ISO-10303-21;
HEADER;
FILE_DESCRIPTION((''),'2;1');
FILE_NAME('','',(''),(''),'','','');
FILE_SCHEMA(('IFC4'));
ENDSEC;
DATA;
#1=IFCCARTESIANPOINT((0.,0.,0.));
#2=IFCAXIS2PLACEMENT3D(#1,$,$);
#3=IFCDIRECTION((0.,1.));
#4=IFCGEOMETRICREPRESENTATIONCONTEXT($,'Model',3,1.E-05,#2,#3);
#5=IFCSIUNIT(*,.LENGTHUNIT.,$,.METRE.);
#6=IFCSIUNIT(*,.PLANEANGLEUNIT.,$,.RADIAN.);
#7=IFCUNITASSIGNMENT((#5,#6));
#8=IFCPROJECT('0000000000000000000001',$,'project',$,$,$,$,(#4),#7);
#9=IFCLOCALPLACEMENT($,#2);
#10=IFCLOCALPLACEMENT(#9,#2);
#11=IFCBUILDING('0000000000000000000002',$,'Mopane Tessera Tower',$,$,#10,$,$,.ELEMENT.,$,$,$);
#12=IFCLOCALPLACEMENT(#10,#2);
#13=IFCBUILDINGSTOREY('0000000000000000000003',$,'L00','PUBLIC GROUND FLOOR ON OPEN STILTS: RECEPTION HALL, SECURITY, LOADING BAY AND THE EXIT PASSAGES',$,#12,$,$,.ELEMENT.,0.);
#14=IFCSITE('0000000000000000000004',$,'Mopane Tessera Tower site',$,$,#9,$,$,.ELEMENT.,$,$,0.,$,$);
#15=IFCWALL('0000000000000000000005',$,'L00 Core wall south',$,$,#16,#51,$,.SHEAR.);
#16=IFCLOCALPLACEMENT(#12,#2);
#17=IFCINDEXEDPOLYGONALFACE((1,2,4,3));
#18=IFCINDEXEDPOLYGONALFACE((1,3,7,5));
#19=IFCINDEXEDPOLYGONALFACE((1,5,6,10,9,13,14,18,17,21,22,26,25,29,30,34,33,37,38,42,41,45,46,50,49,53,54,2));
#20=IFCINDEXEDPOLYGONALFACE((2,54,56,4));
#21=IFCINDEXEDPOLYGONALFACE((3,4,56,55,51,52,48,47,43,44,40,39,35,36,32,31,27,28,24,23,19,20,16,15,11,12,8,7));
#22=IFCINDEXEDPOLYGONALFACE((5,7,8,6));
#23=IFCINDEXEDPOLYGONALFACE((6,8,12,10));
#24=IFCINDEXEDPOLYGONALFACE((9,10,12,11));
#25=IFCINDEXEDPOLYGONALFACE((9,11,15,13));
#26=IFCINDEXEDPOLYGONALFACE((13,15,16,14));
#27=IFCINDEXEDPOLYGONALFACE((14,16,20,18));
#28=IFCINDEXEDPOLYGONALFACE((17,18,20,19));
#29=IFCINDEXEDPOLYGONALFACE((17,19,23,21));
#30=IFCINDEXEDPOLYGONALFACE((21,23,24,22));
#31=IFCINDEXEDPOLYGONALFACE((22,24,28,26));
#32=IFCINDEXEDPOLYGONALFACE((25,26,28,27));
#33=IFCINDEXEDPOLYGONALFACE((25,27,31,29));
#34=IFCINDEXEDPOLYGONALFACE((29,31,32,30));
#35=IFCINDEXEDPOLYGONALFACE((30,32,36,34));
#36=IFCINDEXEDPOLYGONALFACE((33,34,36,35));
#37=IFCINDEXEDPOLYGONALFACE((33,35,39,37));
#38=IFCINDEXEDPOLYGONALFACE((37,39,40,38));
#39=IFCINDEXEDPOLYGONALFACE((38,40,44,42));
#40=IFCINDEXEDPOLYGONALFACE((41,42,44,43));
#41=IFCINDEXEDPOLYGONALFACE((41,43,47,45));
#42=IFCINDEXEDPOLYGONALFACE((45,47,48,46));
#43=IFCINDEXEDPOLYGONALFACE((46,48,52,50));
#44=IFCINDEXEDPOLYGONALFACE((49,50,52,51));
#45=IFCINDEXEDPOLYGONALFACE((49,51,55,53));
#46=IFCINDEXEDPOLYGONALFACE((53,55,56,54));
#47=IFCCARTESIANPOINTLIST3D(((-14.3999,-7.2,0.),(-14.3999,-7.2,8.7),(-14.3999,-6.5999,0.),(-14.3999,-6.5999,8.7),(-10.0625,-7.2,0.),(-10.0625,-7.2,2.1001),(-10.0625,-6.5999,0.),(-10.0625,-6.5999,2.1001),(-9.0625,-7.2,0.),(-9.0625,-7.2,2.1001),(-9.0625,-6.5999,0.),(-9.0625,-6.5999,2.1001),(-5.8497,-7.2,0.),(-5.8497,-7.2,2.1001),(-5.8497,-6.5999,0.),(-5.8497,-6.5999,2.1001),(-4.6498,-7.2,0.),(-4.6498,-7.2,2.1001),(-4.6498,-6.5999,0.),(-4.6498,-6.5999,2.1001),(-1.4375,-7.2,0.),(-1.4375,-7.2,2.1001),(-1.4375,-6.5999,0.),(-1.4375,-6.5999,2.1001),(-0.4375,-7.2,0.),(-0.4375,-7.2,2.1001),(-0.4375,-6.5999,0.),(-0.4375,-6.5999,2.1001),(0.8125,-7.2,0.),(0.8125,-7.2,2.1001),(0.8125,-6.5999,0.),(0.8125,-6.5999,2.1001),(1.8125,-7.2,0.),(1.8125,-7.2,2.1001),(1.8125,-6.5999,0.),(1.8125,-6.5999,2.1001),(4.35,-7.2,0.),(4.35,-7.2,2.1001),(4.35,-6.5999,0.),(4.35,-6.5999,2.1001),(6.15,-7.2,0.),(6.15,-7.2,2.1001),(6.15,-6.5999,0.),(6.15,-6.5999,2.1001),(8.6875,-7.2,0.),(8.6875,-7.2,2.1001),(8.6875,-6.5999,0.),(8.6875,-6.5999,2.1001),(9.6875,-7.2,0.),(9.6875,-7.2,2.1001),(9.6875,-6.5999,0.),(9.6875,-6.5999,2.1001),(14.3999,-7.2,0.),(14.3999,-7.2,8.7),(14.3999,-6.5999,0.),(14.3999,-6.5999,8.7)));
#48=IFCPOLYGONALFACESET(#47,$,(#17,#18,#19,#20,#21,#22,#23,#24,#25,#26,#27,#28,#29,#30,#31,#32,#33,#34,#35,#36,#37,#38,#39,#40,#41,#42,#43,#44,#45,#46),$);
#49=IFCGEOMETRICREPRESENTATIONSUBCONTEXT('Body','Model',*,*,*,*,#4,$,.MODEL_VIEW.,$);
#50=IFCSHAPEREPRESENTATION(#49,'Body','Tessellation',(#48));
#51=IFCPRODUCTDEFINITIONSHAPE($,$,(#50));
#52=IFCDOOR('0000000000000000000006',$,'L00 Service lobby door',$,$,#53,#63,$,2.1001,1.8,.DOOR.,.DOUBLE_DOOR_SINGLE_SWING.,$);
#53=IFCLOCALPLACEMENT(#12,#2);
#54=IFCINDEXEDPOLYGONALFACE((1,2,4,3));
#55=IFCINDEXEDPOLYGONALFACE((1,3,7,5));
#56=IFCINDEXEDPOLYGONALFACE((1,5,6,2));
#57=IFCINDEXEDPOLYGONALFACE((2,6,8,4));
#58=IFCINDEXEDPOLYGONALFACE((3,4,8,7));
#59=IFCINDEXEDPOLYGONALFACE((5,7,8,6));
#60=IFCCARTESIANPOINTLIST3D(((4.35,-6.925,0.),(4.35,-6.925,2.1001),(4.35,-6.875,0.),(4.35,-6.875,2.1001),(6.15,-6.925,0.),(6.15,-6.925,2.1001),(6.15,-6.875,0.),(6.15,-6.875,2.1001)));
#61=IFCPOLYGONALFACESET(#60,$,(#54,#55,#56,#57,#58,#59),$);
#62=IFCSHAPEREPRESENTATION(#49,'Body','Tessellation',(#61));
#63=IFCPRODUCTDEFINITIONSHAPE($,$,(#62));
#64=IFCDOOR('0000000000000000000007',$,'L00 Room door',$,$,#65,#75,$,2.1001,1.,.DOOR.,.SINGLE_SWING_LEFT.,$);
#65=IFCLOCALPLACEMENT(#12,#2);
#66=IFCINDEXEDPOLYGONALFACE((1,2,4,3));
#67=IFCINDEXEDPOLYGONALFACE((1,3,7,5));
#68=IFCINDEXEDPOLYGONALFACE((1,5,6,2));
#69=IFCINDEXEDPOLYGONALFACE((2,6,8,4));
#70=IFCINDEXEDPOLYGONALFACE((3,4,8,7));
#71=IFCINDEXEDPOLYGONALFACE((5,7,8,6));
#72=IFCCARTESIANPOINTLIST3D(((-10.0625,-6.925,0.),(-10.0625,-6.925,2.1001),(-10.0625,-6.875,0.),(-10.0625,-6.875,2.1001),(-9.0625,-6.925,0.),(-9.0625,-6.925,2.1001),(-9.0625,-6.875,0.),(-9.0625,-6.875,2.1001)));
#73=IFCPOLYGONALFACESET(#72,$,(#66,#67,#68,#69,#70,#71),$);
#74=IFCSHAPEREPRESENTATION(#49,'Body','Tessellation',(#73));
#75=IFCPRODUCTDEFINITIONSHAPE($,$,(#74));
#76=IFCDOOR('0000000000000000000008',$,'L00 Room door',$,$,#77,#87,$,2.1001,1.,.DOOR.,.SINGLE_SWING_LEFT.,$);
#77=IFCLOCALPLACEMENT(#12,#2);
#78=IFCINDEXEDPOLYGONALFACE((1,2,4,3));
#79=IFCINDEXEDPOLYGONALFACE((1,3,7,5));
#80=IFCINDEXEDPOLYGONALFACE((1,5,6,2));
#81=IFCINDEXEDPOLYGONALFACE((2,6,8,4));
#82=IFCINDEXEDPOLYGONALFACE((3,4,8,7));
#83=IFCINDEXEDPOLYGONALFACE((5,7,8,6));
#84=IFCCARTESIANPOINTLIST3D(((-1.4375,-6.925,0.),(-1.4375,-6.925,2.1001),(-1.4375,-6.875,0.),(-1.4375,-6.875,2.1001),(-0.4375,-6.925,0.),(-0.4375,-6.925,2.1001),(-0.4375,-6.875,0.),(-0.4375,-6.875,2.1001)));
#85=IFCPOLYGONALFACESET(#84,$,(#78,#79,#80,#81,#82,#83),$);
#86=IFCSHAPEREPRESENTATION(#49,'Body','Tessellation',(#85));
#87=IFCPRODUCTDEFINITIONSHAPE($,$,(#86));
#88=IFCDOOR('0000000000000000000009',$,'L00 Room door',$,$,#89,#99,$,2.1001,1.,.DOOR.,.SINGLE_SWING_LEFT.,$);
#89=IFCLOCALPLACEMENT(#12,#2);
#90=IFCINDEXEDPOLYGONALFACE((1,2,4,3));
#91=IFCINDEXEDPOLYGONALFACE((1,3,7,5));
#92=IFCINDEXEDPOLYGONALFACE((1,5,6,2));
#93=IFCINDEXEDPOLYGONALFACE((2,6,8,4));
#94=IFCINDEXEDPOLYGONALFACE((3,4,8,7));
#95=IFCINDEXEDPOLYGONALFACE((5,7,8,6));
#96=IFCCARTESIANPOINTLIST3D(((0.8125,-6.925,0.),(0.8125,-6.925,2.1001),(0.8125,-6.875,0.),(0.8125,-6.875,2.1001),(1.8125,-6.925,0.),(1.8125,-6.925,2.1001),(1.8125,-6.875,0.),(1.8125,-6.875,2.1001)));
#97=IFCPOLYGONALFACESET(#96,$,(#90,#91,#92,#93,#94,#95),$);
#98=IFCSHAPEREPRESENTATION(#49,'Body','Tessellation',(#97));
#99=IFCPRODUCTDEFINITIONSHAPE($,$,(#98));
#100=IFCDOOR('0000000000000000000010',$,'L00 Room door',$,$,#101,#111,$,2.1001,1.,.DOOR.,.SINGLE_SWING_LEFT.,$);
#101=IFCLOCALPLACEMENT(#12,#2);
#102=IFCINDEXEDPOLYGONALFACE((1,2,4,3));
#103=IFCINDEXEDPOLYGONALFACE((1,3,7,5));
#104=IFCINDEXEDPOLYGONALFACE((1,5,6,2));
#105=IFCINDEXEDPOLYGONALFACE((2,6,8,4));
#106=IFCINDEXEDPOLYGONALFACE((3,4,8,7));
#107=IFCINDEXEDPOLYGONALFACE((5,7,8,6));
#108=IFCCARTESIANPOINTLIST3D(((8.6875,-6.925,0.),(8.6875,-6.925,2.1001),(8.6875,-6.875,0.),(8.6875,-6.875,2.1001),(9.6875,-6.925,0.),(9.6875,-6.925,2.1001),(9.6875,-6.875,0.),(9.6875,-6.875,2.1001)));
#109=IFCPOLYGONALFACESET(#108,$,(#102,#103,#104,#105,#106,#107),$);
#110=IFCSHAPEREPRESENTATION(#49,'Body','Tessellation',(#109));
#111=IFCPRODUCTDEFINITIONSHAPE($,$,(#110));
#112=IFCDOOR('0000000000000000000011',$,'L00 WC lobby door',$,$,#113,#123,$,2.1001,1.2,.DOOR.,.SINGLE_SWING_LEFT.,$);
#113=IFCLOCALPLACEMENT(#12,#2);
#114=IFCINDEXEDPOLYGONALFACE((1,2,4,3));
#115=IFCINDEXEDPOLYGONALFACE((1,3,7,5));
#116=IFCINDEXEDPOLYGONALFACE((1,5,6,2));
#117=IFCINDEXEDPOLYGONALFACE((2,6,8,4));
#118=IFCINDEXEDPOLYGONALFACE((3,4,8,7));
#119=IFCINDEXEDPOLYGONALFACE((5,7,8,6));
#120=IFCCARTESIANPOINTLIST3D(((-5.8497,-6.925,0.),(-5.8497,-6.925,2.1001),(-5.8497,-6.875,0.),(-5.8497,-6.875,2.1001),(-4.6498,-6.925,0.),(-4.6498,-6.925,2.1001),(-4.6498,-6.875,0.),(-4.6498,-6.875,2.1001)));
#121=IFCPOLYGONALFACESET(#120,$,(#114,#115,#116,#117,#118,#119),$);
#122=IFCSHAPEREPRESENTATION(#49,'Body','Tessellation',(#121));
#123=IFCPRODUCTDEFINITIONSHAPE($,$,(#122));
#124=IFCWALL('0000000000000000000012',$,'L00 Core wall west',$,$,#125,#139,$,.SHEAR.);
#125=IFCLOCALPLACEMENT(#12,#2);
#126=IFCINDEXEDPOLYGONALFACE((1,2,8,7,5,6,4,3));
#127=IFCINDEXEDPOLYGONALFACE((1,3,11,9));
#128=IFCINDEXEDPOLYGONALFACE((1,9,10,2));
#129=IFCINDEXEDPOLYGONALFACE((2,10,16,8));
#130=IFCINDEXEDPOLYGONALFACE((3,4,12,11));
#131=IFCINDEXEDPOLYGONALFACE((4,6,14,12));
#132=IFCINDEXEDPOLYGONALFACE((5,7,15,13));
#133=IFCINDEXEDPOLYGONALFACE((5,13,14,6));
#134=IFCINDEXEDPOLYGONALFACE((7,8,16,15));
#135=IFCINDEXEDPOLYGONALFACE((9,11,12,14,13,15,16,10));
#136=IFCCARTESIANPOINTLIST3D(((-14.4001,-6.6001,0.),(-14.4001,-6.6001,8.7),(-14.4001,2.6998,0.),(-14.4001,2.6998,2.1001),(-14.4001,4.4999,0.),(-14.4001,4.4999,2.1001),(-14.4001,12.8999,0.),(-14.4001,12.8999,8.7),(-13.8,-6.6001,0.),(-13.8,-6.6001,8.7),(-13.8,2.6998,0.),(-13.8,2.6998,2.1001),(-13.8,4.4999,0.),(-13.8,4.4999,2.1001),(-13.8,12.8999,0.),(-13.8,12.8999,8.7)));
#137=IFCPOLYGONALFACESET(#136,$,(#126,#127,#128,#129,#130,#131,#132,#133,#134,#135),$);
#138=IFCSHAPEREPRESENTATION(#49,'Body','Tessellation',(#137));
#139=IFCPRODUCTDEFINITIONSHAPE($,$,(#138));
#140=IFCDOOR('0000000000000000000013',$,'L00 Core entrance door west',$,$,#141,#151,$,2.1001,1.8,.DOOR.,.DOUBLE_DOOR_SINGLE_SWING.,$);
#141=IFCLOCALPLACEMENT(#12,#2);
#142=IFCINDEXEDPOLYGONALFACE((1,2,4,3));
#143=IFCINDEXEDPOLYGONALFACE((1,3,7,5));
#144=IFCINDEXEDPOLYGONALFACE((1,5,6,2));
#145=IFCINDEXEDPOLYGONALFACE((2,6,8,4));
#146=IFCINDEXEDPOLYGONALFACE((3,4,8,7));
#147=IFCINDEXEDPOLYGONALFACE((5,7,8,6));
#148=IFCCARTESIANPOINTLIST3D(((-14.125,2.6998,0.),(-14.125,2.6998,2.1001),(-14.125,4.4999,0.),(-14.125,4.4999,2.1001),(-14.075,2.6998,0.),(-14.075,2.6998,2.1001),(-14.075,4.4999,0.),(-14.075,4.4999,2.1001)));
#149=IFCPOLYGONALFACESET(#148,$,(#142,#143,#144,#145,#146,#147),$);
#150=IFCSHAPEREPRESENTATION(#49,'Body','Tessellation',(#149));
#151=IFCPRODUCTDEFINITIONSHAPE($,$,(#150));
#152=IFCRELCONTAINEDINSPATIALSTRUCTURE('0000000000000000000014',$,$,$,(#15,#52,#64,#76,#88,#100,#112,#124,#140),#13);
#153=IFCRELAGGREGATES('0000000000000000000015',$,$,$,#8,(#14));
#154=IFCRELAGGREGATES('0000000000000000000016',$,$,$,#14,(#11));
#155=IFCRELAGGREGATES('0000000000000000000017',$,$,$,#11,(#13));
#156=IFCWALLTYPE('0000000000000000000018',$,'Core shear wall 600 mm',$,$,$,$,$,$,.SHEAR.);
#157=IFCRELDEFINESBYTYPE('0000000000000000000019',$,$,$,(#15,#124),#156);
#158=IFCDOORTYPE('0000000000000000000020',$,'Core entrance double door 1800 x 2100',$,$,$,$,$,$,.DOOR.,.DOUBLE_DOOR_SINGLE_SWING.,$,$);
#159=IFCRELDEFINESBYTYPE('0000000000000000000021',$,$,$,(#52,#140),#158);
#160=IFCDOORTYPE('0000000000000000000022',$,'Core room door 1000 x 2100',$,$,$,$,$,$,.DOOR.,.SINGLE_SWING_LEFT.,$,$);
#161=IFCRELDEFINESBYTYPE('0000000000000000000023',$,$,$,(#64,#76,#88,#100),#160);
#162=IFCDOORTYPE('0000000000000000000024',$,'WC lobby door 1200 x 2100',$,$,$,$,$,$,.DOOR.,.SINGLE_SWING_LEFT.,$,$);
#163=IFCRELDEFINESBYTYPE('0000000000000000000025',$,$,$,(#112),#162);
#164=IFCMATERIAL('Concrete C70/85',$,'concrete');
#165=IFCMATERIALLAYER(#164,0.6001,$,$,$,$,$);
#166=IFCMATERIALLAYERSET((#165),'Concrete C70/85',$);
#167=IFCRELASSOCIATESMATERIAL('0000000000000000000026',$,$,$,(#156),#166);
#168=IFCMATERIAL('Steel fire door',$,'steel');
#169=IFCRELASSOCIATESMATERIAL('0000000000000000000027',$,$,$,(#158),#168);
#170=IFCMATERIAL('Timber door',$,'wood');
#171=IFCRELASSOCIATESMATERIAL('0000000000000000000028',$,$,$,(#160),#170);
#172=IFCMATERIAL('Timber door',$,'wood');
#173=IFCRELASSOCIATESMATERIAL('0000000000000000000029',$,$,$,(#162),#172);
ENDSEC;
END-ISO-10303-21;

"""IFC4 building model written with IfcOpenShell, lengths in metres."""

from ifc_helpers import new_model, si_unit, direction, frame, frame_2d, origin, place, context, subcontext, project, spatial, rectangle, extrude, material, layer, layer_set, type_object, element, fill, save


model = new_model("IFC4")

# Units and contexts
model_context = context("Model", 3, precision=1e-05, world=origin(), true_north=direction((0.0, 1.0)))
body_context = subcontext(model_context, "Body", "Model", "MODEL_VIEW")
ifc_project = project(units=[si_unit("LENGTHUNIT", "METRE"), si_unit("PLANEANGLEUNIT", "RADIAN")], contexts=[model_context])

# Site, building, storey
site_placement = place(None, origin())
site = spatial("IfcSite", under=ifc_project, at=site_placement, Name="Mopane Tessera Tower site", CompositionType="ELEMENT", RefElevation=0.0)
building_placement = place(site_placement, origin())
building = spatial("IfcBuilding", under=site, at=building_placement, Name="Mopane Tessera Tower", CompositionType="ELEMENT")
storey_placement = place(building_placement, origin())
storey = spatial("IfcBuildingStorey", under=building, at=storey_placement, Name="L00", Description="PUBLIC GROUND FLOOR ON OPEN STILTS: RECEPTION HALL, SECURITY, LOADING BAY AND THE EXIT PASSAGES", CompositionType="ELEMENT", Elevation=0.0)

# Wall, openings, doors
ifc_material_1 = material(Name="Concrete C70/85", Category="concrete")
ifc_layer_1 = layer(ifc_material_1, 0.6001)
ifc_layer_set_1 = layer_set([ifc_layer_1], Name="Concrete C70/85")
wall_type_1 = type_object("IfcWallType", Name="Core shear wall 600 mm", PredefinedType="SHEAR", material=ifc_layer_set_1)
wall_1_placement = place(storey_placement, frame((-14.3999, -6.8999, 0.0), z_axis=(0.0, 0.0, 1.0), x_axis=(1.0, 0.0, 0.0)))
wall_1 = element("IfcWall", 1, at=wall_1_placement, inside=storey, type_object=wall_type_1, Name="L00 Core wall south", PredefinedType="SHEAR", context=body_context, shape_type="SweptSolid", body=[
    extrude(rectangle(XDim=28.7998, YDim=0.6001, at=frame_2d((14.3999, 0.0))), origin(), (0.0, 0.0, 1.0), 8.7),
])
opening_1_placement = place(wall_1_placement, frame((4.3374, 0.0, 0.0)))
opening_1 = element("IfcOpeningElement", 2, at=opening_1_placement, cuts=wall_1, PredefinedType="OPENING", context=body_context, shape_type="SweptSolid", body=[
    extrude(rectangle(XDim=1.0, YDim=2.1001, at=frame_2d((0.5, 1.05))), frame((0.0, 0.312, 0.0), z_axis=(0.0, -1.0, 0.0), x_axis=(1.0, 0.0, 0.0)), (0.0, 0.0, 1.0), 0.624),
])
opening_2_placement = place(wall_1_placement, frame((8.55, 0.0, 0.0)))
opening_2 = element("IfcOpeningElement", 3, at=opening_2_placement, cuts=wall_1, PredefinedType="OPENING", context=body_context, shape_type="SweptSolid", body=[
    extrude(rectangle(XDim=1.2, YDim=2.1001, at=frame_2d((0.6001, 1.05))), frame((0.0, 0.312, 0.0), z_axis=(0.0, -1.0, 0.0), x_axis=(1.0, 0.0, 0.0)), (0.0, 0.0, 1.0), 0.624),
])
opening_3_placement = place(wall_1_placement, frame((12.9624, 0.0, 0.0)))
opening_3 = element("IfcOpeningElement", 4, at=opening_3_placement, cuts=wall_1, PredefinedType="OPENING", context=body_context, shape_type="SweptSolid", body=[
    extrude(rectangle(XDim=1.0, YDim=2.1001, at=frame_2d((0.5, 1.05))), frame((0.0, 0.312, 0.0), z_axis=(0.0, -1.0, 0.0), x_axis=(1.0, 0.0, 0.0)), (0.0, 0.0, 1.0), 0.624),
])
opening_4_placement = place(wall_1_placement, frame((15.2124, 0.0, 0.0)))
opening_4 = element("IfcOpeningElement", 5, at=opening_4_placement, cuts=wall_1, PredefinedType="OPENING", context=body_context, shape_type="SweptSolid", body=[
    extrude(rectangle(XDim=1.0, YDim=2.1001, at=frame_2d((0.5, 1.05))), frame((0.0, 0.312, 0.0), z_axis=(0.0, -1.0, 0.0), x_axis=(1.0, 0.0, 0.0)), (0.0, 0.0, 1.0), 0.624),
])
opening_5_placement = place(wall_1_placement, frame((18.75, 0.0, 0.0)))
opening_5 = element("IfcOpeningElement", 6, at=opening_5_placement, cuts=wall_1, PredefinedType="OPENING", context=body_context, shape_type="SweptSolid", body=[
    extrude(rectangle(XDim=1.8, YDim=2.1001, at=frame_2d((0.8999, 1.05))), frame((0.0, 0.312, 0.0), z_axis=(0.0, -1.0, 0.0), x_axis=(1.0, 0.0, 0.0)), (0.0, 0.0, 1.0), 0.624),
])
opening_6_placement = place(wall_1_placement, frame((23.0874, 0.0, 0.0)))
opening_6 = element("IfcOpeningElement", 7, at=opening_6_placement, cuts=wall_1, PredefinedType="OPENING", context=body_context, shape_type="SweptSolid", body=[
    extrude(rectangle(XDim=1.0, YDim=2.1001, at=frame_2d((0.5, 1.05))), frame((0.0, 0.312, 0.0), z_axis=(0.0, -1.0, 0.0), x_axis=(1.0, 0.0, 0.0)), (0.0, 0.0, 1.0), 0.624),
])
ifc_material_2 = material(Name="Steel fire door", Category="steel")
door_type_1 = type_object("IfcDoorType", Name="Core entrance double door 1800 x 2100", OperationType="DOUBLE_DOOR_SINGLE_SWING", PredefinedType="DOOR", material=ifc_material_2)
door_1_placement = place(opening_5_placement, origin())
door_1 = element("IfcDoor", 8, at=door_1_placement, inside=storey, type_object=door_type_1, Name="L00 Service lobby door", OperationType="DOUBLE_DOOR_SINGLE_SWING", OverallHeight=2.1001, OverallWidth=1.8, PredefinedType="DOOR", context=body_context, shape_type="SweptSolid", body=[
    extrude(rectangle(XDim=1.8, YDim=2.1001, at=frame_2d((0.8999, 1.05))), frame((0.0, 0.0249, 0.0), z_axis=(0.0, -1.0, 0.0), x_axis=(1.0, 0.0, 0.0)), (0.0, 0.0, 1.0), 0.05),
])
fill(opening_5, door_1)
ifc_material_3 = material(Name="Timber door", Category="wood")
door_type_2 = type_object("IfcDoorType", Name="Core room door 1000 x 2100", OperationType="SINGLE_SWING_LEFT", PredefinedType="DOOR", material=ifc_material_3)
door_2_placement = place(opening_1_placement, origin())
door_2 = element("IfcDoor", 9, at=door_2_placement, inside=storey, type_object=door_type_2, Name="L00 Room door", OperationType="SINGLE_SWING_LEFT", OverallHeight=2.1001, OverallWidth=1.0, PredefinedType="DOOR", context=body_context, shape_type="SweptSolid", body=[
    extrude(rectangle(XDim=1.0, YDim=2.1001, at=frame_2d((0.5, 1.05))), frame((0.0, 0.0249, 0.0), z_axis=(0.0, -1.0, 0.0), x_axis=(1.0, 0.0, 0.0)), (0.0, 0.0, 1.0), 0.05),
])
fill(opening_1, door_2)
door_3_placement = place(opening_3_placement, origin())
door_3 = element("IfcDoor", 10, at=door_3_placement, inside=storey, type_object=door_type_2, Name="L00 Room door", OperationType="SINGLE_SWING_LEFT", OverallHeight=2.1001, OverallWidth=1.0, PredefinedType="DOOR", context=body_context, shape_type="SweptSolid", body=[
    extrude(rectangle(XDim=1.0, YDim=2.1001, at=frame_2d((0.5, 1.05))), frame((0.0, 0.0249, 0.0), z_axis=(0.0, -1.0, 0.0), x_axis=(1.0, 0.0, 0.0)), (0.0, 0.0, 1.0), 0.05),
])
fill(opening_3, door_3)
door_4_placement = place(opening_4_placement, origin())
door_4 = element("IfcDoor", 11, at=door_4_placement, inside=storey, type_object=door_type_2, Name="L00 Room door", OperationType="SINGLE_SWING_LEFT", OverallHeight=2.1001, OverallWidth=1.0, PredefinedType="DOOR", context=body_context, shape_type="SweptSolid", body=[
    extrude(rectangle(XDim=1.0, YDim=2.1001, at=frame_2d((0.5, 1.05))), frame((0.0, 0.0249, 0.0), z_axis=(0.0, -1.0, 0.0), x_axis=(1.0, 0.0, 0.0)), (0.0, 0.0, 1.0), 0.05),
])
fill(opening_4, door_4)
door_5_placement = place(opening_6_placement, origin())
door_5 = element("IfcDoor", 12, at=door_5_placement, inside=storey, type_object=door_type_2, Name="L00 Room door", OperationType="SINGLE_SWING_LEFT", OverallHeight=2.1001, OverallWidth=1.0, PredefinedType="DOOR", context=body_context, shape_type="SweptSolid", body=[
    extrude(rectangle(XDim=1.0, YDim=2.1001, at=frame_2d((0.5, 1.05))), frame((0.0, 0.0249, 0.0), z_axis=(0.0, -1.0, 0.0), x_axis=(1.0, 0.0, 0.0)), (0.0, 0.0, 1.0), 0.05),
])
fill(opening_6, door_5)
ifc_material_4 = material(Name="Timber door", Category="wood")
door_type_3 = type_object("IfcDoorType", Name="WC lobby door 1200 x 2100", OperationType="SINGLE_SWING_LEFT", PredefinedType="DOOR", material=ifc_material_4)
door_6_placement = place(opening_2_placement, origin())
door_6 = element("IfcDoor", 13, at=door_6_placement, inside=storey, type_object=door_type_3, Name="L00 WC lobby door", OperationType="SINGLE_SWING_LEFT", OverallHeight=2.1001, OverallWidth=1.2, PredefinedType="DOOR", context=body_context, shape_type="SweptSolid", body=[
    extrude(rectangle(XDim=1.2, YDim=2.1001, at=frame_2d((0.6001, 1.05))), frame((0.0, 0.0249, 0.0), z_axis=(0.0, -1.0, 0.0), x_axis=(1.0, 0.0, 0.0)), (0.0, 0.0, 1.0), 0.05),
])
fill(opening_2, door_6)

# Wall, opening, door
wall_2_placement = place(storey_placement, frame((-14.1001, -6.6001, 0.0), z_axis=(0.0, 0.0, 1.0), x_axis=(0.0, 1.0, 0.0)))
wall_2 = element("IfcWall", 14, at=wall_2_placement, inside=storey, type_object=wall_type_1, Name="L00 Core wall west", PredefinedType="SHEAR", context=body_context, shape_type="SweptSolid", body=[
    extrude(rectangle(XDim=19.5, YDim=0.6001, at=frame_2d((9.75, 0.0))), origin(), (0.0, 0.0, 1.0), 8.7),
])
opening_7_placement = place(wall_2_placement, frame((9.3, 0.0, 0.0)))
opening_7 = element("IfcOpeningElement", 15, at=opening_7_placement, cuts=wall_2, PredefinedType="OPENING", context=body_context, shape_type="SweptSolid", body=[
    extrude(rectangle(XDim=1.8, YDim=2.1001, at=frame_2d((0.8999, 1.05))), frame((0.0, 0.312, 0.0), z_axis=(0.0, -1.0, 0.0), x_axis=(1.0, 0.0, 0.0)), (0.0, 0.0, 1.0), 0.624),
])
door_7_placement = place(opening_7_placement, origin())
door_7 = element("IfcDoor", 16, at=door_7_placement, inside=storey, type_object=door_type_1, Name="L00 Core entrance door west", OperationType="DOUBLE_DOOR_SINGLE_SWING", OverallHeight=2.1001, OverallWidth=1.8, PredefinedType="DOOR", context=body_context, shape_type="SweptSolid", body=[
    extrude(rectangle(XDim=1.8, YDim=2.1001, at=frame_2d((0.8999, 1.05))), frame((0.0, 0.0249, 0.0), z_axis=(0.0, -1.0, 0.0), x_axis=(1.0, 0.0, 0.0)), (0.0, 0.0, 1.0), 0.05),
])
fill(opening_7, door_7)

save(model, "model.ifc")
